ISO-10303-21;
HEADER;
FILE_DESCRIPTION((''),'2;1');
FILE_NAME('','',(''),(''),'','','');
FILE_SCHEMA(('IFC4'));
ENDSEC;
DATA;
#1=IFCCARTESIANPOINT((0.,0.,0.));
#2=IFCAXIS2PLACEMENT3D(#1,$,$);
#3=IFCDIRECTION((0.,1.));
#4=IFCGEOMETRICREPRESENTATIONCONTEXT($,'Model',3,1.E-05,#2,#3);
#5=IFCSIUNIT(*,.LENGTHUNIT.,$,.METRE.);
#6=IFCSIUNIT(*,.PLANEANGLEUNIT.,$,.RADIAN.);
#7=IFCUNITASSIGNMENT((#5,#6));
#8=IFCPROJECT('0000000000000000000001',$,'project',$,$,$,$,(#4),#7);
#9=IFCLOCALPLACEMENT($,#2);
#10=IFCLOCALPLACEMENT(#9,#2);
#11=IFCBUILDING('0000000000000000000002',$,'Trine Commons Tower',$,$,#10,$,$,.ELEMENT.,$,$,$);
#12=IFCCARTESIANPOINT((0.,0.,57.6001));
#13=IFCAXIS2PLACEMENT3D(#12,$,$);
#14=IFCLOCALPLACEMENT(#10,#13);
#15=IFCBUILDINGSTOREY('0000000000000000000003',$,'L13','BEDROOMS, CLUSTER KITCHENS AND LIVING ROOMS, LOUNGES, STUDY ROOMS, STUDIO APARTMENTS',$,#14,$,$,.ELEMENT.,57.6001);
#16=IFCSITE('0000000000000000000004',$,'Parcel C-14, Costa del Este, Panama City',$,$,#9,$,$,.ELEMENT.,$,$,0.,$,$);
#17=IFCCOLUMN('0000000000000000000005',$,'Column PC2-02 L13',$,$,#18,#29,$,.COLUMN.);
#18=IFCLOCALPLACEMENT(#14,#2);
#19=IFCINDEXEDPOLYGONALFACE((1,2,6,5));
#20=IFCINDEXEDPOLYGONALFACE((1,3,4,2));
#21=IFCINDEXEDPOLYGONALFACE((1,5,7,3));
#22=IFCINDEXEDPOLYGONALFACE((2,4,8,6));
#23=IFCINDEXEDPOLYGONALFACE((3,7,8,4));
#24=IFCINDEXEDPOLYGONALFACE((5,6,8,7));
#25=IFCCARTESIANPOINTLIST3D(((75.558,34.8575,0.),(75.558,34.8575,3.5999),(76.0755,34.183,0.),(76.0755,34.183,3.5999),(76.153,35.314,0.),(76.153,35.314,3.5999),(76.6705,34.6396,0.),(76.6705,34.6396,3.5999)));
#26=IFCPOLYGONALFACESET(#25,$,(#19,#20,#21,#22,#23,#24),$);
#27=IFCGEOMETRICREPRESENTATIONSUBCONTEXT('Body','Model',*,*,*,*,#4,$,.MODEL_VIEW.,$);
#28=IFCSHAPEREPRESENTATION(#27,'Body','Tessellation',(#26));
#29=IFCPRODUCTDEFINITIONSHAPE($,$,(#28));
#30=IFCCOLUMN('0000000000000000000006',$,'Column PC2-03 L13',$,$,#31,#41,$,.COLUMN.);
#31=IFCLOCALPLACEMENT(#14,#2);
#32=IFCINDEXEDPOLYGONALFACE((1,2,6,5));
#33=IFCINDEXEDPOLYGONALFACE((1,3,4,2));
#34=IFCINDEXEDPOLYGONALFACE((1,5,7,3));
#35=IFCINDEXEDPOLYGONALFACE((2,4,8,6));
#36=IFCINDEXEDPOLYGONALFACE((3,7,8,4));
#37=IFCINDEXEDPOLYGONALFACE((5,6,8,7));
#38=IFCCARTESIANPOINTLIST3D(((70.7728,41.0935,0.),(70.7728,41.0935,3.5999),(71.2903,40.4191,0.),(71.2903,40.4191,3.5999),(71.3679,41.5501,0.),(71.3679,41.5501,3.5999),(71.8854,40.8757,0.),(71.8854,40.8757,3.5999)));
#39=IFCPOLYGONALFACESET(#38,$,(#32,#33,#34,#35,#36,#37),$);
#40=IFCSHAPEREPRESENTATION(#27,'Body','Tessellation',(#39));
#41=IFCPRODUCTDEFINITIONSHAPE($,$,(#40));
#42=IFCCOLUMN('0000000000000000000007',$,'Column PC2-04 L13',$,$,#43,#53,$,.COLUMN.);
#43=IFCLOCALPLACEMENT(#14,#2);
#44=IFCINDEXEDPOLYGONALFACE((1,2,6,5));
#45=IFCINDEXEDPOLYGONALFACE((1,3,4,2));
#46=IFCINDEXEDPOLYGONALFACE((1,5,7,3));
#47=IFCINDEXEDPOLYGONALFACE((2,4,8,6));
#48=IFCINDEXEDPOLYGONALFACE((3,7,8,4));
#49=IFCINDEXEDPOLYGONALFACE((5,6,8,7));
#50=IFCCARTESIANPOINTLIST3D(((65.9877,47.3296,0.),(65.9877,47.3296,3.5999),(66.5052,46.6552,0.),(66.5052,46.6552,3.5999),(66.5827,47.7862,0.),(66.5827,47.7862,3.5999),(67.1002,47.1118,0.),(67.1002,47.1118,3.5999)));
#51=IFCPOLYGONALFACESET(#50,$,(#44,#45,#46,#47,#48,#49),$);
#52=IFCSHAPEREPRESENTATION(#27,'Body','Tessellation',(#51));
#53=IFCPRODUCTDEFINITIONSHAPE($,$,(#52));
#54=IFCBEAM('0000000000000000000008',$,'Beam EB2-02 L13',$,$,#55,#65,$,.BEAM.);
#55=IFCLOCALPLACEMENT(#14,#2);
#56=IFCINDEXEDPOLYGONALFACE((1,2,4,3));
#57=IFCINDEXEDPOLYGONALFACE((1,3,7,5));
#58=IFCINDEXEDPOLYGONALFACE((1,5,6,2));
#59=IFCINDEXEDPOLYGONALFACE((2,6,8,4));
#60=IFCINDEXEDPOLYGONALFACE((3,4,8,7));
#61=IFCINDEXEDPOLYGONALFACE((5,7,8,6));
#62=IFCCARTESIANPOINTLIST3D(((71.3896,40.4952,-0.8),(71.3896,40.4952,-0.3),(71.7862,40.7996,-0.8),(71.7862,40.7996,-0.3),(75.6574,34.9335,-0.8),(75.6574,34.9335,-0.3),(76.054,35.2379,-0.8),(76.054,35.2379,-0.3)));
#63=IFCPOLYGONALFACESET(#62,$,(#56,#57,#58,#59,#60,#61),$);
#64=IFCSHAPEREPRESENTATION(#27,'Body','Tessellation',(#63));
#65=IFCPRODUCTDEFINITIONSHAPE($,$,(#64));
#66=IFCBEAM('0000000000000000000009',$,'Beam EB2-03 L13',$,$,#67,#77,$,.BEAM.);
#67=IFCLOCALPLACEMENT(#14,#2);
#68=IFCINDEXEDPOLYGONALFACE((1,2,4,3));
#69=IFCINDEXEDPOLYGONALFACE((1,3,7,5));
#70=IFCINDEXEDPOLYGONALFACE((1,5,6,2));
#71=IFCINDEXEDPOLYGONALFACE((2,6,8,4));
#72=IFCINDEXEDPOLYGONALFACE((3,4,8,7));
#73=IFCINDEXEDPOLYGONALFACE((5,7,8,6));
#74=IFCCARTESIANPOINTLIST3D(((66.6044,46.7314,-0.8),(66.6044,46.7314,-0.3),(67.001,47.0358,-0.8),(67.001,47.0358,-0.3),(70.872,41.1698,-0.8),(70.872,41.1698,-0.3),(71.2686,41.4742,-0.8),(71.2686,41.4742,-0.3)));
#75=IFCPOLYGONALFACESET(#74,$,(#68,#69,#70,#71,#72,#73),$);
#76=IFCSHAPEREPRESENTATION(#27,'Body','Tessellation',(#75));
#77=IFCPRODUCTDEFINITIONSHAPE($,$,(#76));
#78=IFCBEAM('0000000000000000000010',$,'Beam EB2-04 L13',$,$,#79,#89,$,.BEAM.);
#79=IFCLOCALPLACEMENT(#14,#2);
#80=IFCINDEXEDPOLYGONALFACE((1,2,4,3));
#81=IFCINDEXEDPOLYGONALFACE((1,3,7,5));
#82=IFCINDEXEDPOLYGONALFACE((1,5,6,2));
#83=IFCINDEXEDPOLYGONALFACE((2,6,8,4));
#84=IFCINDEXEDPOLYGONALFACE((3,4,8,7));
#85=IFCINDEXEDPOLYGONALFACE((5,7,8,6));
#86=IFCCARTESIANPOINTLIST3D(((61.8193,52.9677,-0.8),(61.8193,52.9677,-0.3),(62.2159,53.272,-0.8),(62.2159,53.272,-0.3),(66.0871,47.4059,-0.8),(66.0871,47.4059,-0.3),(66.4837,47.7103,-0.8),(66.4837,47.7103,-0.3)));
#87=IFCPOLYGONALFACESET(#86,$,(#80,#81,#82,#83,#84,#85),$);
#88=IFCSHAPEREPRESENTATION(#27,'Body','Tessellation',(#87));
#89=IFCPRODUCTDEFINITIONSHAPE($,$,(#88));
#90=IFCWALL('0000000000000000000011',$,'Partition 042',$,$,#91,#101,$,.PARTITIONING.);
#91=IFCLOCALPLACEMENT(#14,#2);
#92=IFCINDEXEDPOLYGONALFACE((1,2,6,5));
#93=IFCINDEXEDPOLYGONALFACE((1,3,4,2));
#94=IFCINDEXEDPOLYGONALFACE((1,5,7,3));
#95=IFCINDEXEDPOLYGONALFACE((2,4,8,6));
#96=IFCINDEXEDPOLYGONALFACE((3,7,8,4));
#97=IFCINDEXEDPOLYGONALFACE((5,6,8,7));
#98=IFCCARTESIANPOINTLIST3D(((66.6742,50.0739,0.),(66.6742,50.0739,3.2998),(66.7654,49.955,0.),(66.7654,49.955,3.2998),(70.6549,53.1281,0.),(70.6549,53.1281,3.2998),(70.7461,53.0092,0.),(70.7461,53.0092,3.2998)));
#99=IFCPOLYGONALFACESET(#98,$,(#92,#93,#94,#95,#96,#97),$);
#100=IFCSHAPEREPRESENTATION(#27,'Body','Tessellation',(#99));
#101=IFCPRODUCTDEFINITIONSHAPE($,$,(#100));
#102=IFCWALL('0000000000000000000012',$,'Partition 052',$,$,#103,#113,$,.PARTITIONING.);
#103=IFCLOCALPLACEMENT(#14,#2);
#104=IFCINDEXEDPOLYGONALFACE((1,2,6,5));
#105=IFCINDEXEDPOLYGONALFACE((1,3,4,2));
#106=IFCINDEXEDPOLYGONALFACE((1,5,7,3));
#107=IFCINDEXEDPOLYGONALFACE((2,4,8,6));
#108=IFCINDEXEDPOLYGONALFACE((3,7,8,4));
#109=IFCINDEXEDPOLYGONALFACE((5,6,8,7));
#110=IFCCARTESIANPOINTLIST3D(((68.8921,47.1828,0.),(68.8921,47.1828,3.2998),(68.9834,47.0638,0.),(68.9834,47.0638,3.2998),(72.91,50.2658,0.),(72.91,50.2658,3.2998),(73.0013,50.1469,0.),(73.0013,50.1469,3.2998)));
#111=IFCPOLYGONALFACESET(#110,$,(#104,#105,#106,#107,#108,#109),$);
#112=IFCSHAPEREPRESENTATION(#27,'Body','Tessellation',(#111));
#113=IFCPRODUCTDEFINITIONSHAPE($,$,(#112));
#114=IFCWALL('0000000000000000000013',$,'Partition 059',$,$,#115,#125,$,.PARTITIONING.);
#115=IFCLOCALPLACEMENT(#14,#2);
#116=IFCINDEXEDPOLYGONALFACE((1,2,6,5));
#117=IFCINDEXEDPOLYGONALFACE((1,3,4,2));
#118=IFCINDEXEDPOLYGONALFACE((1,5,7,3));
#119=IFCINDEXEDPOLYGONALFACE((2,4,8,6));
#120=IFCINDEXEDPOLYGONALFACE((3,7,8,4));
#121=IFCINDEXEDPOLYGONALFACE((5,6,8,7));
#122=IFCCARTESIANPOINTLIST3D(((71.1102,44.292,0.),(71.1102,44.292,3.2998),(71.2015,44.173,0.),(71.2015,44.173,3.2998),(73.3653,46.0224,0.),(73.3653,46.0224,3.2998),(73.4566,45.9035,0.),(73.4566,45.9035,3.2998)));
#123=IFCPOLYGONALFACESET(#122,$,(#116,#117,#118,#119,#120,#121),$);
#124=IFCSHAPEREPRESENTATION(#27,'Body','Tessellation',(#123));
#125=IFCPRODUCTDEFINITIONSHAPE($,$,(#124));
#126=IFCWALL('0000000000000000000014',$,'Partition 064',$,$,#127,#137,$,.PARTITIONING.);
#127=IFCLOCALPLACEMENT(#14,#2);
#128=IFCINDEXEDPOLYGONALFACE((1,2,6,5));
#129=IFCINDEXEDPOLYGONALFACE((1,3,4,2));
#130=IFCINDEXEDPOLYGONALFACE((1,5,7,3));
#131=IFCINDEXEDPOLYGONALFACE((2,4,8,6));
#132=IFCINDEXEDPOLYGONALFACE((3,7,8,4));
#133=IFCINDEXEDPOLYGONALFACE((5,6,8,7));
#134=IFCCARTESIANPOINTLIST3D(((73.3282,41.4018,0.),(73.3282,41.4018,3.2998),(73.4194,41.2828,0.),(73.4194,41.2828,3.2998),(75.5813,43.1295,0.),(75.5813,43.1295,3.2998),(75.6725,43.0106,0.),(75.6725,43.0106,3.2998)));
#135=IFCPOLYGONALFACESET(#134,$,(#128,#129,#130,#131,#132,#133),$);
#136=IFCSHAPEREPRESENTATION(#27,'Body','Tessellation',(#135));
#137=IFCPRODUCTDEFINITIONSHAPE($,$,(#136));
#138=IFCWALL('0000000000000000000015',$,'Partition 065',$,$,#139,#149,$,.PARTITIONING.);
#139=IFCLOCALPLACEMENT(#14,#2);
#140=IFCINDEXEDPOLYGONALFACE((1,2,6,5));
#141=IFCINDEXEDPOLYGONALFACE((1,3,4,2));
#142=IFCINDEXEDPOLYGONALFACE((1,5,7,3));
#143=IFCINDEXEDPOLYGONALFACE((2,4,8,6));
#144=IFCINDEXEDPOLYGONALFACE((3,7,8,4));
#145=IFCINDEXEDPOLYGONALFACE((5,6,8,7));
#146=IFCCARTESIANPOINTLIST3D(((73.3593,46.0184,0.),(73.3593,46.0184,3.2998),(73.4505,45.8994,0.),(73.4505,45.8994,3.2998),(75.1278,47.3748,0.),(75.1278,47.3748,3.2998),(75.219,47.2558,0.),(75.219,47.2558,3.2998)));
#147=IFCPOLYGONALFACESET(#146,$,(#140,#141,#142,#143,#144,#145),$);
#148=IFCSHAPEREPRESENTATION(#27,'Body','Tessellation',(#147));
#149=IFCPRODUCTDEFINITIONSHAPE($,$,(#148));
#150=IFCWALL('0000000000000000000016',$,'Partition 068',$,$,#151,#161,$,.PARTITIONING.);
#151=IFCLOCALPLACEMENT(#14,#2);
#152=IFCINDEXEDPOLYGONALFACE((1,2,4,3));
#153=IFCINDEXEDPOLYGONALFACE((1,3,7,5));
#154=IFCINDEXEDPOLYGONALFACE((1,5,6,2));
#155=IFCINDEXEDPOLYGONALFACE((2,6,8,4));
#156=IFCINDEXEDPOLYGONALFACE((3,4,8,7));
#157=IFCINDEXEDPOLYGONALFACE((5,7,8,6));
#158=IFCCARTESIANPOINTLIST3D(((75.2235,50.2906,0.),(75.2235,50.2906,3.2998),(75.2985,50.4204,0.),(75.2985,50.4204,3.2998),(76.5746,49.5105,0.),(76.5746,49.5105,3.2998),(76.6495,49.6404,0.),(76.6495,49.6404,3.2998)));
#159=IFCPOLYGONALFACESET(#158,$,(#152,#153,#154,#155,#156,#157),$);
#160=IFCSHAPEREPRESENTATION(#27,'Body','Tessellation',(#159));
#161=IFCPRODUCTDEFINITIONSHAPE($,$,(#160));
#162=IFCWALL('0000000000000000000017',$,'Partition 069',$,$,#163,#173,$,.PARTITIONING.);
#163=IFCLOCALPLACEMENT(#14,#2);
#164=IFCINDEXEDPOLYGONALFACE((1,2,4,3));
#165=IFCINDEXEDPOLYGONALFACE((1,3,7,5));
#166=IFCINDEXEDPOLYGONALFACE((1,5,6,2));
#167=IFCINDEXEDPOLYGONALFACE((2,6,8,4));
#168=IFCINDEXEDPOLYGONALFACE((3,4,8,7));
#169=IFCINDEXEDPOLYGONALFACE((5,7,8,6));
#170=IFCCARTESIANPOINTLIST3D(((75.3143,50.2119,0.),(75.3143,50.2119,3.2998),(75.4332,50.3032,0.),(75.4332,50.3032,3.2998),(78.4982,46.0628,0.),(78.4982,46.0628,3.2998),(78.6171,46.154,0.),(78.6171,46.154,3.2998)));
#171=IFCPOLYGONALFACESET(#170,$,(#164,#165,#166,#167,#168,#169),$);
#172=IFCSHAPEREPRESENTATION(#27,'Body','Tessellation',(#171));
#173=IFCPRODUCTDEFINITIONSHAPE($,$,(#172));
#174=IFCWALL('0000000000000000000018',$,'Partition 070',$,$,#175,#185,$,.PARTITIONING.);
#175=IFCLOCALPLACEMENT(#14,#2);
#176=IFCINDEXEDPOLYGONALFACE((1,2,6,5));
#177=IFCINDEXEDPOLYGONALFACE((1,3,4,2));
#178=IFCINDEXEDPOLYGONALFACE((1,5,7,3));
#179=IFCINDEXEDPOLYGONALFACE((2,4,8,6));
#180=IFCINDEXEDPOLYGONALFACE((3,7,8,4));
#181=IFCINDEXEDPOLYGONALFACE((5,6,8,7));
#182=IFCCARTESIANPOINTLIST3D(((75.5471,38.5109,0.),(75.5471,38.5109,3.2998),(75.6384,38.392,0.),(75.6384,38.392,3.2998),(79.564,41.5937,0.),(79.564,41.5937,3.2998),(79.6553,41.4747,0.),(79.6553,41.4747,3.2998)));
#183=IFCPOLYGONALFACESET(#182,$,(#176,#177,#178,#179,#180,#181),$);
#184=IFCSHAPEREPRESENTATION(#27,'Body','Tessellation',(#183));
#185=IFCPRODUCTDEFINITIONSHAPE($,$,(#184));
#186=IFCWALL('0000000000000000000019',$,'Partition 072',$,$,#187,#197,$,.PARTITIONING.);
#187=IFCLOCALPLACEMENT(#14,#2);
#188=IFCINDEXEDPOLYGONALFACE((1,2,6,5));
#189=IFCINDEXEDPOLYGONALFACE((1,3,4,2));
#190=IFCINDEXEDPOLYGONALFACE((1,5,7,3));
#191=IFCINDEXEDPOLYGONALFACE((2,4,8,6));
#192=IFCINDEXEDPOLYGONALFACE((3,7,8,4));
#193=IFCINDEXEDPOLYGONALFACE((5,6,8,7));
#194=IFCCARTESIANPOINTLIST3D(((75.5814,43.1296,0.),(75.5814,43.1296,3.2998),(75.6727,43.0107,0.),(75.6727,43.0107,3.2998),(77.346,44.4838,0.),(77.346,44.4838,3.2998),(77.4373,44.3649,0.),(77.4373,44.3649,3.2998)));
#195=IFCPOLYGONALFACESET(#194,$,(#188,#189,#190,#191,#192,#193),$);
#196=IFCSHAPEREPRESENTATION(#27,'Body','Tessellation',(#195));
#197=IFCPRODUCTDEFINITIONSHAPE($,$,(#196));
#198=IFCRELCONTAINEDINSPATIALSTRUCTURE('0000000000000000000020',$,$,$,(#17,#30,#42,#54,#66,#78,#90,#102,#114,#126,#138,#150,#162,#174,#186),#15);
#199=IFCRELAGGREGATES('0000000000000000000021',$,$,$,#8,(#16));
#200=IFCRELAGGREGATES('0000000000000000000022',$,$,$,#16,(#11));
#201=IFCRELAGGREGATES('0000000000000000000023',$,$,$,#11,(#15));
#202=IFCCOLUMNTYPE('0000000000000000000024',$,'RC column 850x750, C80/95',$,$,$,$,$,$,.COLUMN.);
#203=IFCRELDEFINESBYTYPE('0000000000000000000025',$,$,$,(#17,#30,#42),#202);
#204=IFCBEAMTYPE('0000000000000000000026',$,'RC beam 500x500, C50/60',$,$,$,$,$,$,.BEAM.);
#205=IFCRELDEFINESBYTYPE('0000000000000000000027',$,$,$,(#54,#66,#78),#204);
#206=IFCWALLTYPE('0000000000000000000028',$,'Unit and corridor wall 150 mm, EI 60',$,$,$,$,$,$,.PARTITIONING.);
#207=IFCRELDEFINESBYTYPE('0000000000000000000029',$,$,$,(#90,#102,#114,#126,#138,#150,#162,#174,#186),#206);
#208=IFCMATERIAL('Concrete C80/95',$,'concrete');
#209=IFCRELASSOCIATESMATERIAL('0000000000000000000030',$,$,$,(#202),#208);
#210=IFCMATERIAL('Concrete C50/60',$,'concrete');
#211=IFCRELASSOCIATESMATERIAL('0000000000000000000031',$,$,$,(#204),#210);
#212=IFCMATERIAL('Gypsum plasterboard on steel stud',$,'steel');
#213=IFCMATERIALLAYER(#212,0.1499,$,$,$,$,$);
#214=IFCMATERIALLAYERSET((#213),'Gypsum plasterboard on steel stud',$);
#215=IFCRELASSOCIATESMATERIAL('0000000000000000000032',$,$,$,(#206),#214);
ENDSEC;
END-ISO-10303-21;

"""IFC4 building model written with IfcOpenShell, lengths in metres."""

from ifc_helpers import new_model, si_unit, direction, frame, frame_2d, origin, origin_2d, place, context, subcontext, project, spatial, rectangle, extrude, material, layer, layer_set, material_profile, profile_set, type_object, element, save


model = new_model("IFC4")

# Units and contexts
model_context = context("Model", 3, precision=1e-05, world=origin(), true_north=direction((0.0, 1.0)))
body_context = subcontext(model_context, "Body", "Model", "MODEL_VIEW")
ifc_project = project(units=[si_unit("LENGTHUNIT", "METRE"), si_unit("PLANEANGLEUNIT", "RADIAN")], contexts=[model_context])

# Site, building, storey
site_placement = place(None, origin())
site = spatial("IfcSite", under=ifc_project, at=site_placement, Name="Parcel C-14, Costa del Este, Panama City", CompositionType="ELEMENT", RefElevation=0.0)
building_placement = place(site_placement, origin())
building = spatial("IfcBuilding", under=site, at=building_placement, Name="Trine Commons Tower", CompositionType="ELEMENT")
storey_placement = place(building_placement, frame((0.0, 0.0, 57.6001)))
storey = spatial("IfcBuildingStorey", under=building, at=storey_placement, Name="L13", Description="BEDROOMS, CLUSTER KITCHENS AND LIVING ROOMS, LOUNGES, STUDY ROOMS, STUDIO APARTMENTS", CompositionType="ELEMENT", Elevation=57.6001)

# Columns
ifc_material_1 = material(Name="Concrete C80/95", Category="concrete")
ifc_material_profile_1 = material_profile(ifc_material_1, rectangle(XDim=0.8501, YDim=0.75, at=origin_2d()), Name="RC 850x750")
ifc_profile_set_1 = profile_set([ifc_material_profile_1], Name="Concrete C80/95")
column_type = type_object("IfcColumnType", Name="RC column 850x750, C80/95", PredefinedType="COLUMN", material=ifc_profile_set_1)
for number, where, z_axis, x_axis, name in (
    (1, (76.1143, 34.7485, 0.0), (0.0, 0.0, 1.0), (-0.608761, 0.793353, 0.0), "Column PC2-02 L13"),
    (2, (71.3291, 40.9846, 0.0), (0.0, 0.0, 1.0), (-0.608761, 0.793353, 0.0), "Column PC2-03 L13"),
    (3, (66.5439, 47.2207, 0.0), (0.0, 0.0, 1.0), (-0.608761, 0.793353, 0.0), "Column PC2-04 L13"),
):
    element("IfcColumn", number, at=place(storey_placement, frame(where, z_axis=z_axis, x_axis=x_axis)), inside=storey, type_object=column_type, Name=name, PredefinedType="COLUMN", context=body_context, shape_type="SweptSolid", body=[
        extrude(rectangle(XDim=0.8501, YDim=0.75, at=origin_2d()), origin(), (0.0, 0.0, 1.0), 3.5999),
    ])

# Beams
ifc_material_2 = material(Name="Concrete C50/60", Category="concrete")
ifc_material_profile_2 = material_profile(ifc_material_2, rectangle(XDim=0.5, YDim=0.5, at=origin_2d()), Name="RC 500x500")
ifc_profile_set_2 = profile_set([ifc_material_profile_2], Name="Concrete C50/60")
beam_type = type_object("IfcBeamType", Name="RC beam 500x500, C50/60", PredefinedType="BEAM", material=ifc_profile_set_2)
beam_1_placement = place(storey_placement, frame((75.8557, 35.0857, -0.55), z_axis=(-0.608773, 0.793345, 0.0), x_axis=(-0.793345, -0.608773, 0.0)))
element("IfcBeam", 4, at=beam_1_placement, inside=storey, type_object=beam_type, Name="Beam EB2-02 L13", PredefinedType="BEAM", context=body_context, shape_type="SweptSolid", body=[
    extrude(rectangle(XDim=0.5, YDim=0.5, at=origin_2d()), origin(), (0.0, 0.0, 1.0), 7.0105),
])
beam_2_placement = place(storey_placement, frame((71.0703, 41.322, -0.55), z_axis=(-0.608768, 0.793348, 0.0), x_axis=(-0.793348, -0.608768, 0.0)))
element("IfcBeam", 5, at=beam_2_placement, inside=storey, type_object=beam_type, Name="Beam EB2-03 L13", PredefinedType="BEAM", context=body_context, shape_type="SweptSolid", body=[
    extrude(rectangle(XDim=0.5, YDim=0.5, at=origin_2d()), origin(), (0.0, 0.0, 1.0), 7.0103),
])
beam_3_placement = place(storey_placement, frame((66.2854, 47.5581, -0.55), z_axis=(-0.608773, 0.793345, 0.0), x_axis=(-0.793345, -0.608773, 0.0)))
element("IfcBeam", 6, at=beam_3_placement, inside=storey, type_object=beam_type, Name="Beam EB2-04 L13", PredefinedType="BEAM", context=body_context, shape_type="SweptSolid", body=[
    extrude(rectangle(XDim=0.5, YDim=0.5, at=origin_2d()), origin(), (0.0, 0.0, 1.0), 7.0105),
])

# Walls
ifc_material_3 = material(Name="Gypsum plasterboard on steel stud", Category="steel")
ifc_layer_1 = layer(ifc_material_3, 0.1499)
ifc_layer_set_1 = layer_set([ifc_layer_1], Name="Gypsum plasterboard on steel stud")
wall_type_1 = type_object("IfcWallType", Name="Unit and corridor wall 150 mm, EI 60", PredefinedType="PARTITIONING", material=ifc_layer_set_1)
wall_1_placement = place(storey_placement, frame((66.7197, 50.0144, 0.0), z_axis=(0.0, 0.0, 1.0), x_axis=(0.793383, 0.608723, 0.0)))
element("IfcWall", 7, at=wall_1_placement, inside=storey, type_object=wall_type_1, Name="Partition 042", PredefinedType="PARTITIONING", context=body_context, shape_type="SweptSolid", body=[
    extrude(rectangle(XDim=5.0173, YDim=0.1499, at=frame_2d((2.5088, 0.0))), origin(), (0.0, 0.0, 1.0), 3.2998),
])
wall_2_placement = place(storey_placement, frame((68.9377, 47.1233, 0.0), z_axis=(0.0, 0.0, 1.0), x_axis=(0.793351, 0.608764, 0.0)))
element("IfcWall", 8, at=wall_2_placement, inside=storey, type_object=wall_type_1, Name="Partition 052", PredefinedType="PARTITIONING", context=body_context, shape_type="SweptSolid", body=[
    extrude(rectangle(XDim=5.0645, YDim=0.1499, at=frame_2d((2.5322, 0.0))), origin(), (0.0, 0.0, 1.0), 3.2998),
])
wall_3_placement = place(storey_placement, frame((71.1558, 44.2324, 0.0), z_axis=(0.0, 0.0, 1.0), x_axis=(0.793345, 0.608772, 0.0)))
element("IfcWall", 9, at=wall_3_placement, inside=storey, type_object=wall_type_1, Name="Partition 059", PredefinedType="PARTITIONING", context=body_context, shape_type="SweptSolid", body=[
    extrude(rectangle(XDim=2.8425, YDim=0.1499, at=frame_2d((1.4214, 0.0))), origin(), (0.0, 0.0, 1.0), 3.2998),
])
wall_4_placement = place(storey_placement, frame((73.3738, 41.3423, 0.0), z_axis=(0.0, 0.0, 1.0), x_axis=(0.793547, 0.608509, 0.0)))
element("IfcWall", 10, at=wall_4_placement, inside=storey, type_object=wall_type_1, Name="Partition 064", PredefinedType="PARTITIONING", context=body_context, shape_type="SweptSolid", body=[
    extrude(rectangle(XDim=2.8394, YDim=0.1499, at=frame_2d((1.4197, 0.0))), origin(), (0.0, 0.0, 1.0), 3.2998),
])
wall_5_placement = place(storey_placement, frame((73.405, 45.959, 0.0), z_axis=(0.0, 0.0, 1.0), x_axis=(0.793486, 0.608588, 0.0)))
element("IfcWall", 11, at=wall_5_placement, inside=storey, type_object=wall_type_1, Name="Partition 065", PredefinedType="PARTITIONING", context=body_context, shape_type="SweptSolid", body=[
    extrude(rectangle(XDim=2.2288, YDim=0.1499, at=frame_2d((1.1143, 0.0))), origin(), (0.0, 0.0, 1.0), 3.2998),
])
wall_6_placement = place(storey_placement, frame((75.261, 50.3555, 0.0), z_axis=(0.0, 0.0, 1.0), x_axis=(0.866029, -0.499993, 0.0)))
element("IfcWall", 12, at=wall_6_placement, inside=storey, type_object=wall_type_1, Name="Partition 068", PredefinedType="PARTITIONING", context=body_context, shape_type="SweptSolid", body=[
    extrude(rectangle(XDim=1.5601, YDim=0.1499, at=frame_2d((0.78, 0.0))), origin(), (0.0, 0.0, 1.0), 3.2998),
])
wall_7_placement = place(storey_placement, frame((75.3738, 50.2576, 0.0), z_axis=(0.0, 0.0, 1.0), x_axis=(0.60877, -0.793347, 0.0)))
element("IfcWall", 13, at=wall_7_placement, inside=storey, type_object=wall_type_1, Name="Partition 069", PredefinedType="PARTITIONING", context=body_context, shape_type="SweptSolid", body=[
    extrude(rectangle(XDim=5.23, YDim=0.1499, at=frame_2d((2.615, 0.0))), origin(), (0.0, 0.0, 1.0), 3.2998),
])
wall_8_placement = place(storey_placement, frame((75.5928, 38.4514, 0.0), z_axis=(0.0, 0.0, 1.0), x_axis=(0.793303, 0.608827, 0.0)))
element("IfcWall", 14, at=wall_8_placement, inside=storey, type_object=wall_type_1, Name="Partition 070", PredefinedType="PARTITIONING", context=body_context, shape_type="SweptSolid", body=[
    extrude(rectangle(XDim=5.0635, YDim=0.1499, at=frame_2d((2.5317, 0.0))), origin(), (0.0, 0.0, 1.0), 3.2998),
])
wall_9_placement = place(storey_placement, frame((75.627, 43.0701, 0.0), z_axis=(0.0, 0.0, 1.0), x_axis=(0.793313, 0.608814, 0.0)))
element("IfcWall", 15, at=wall_9_placement, inside=storey, type_object=wall_type_1, Name="Partition 072", PredefinedType="PARTITIONING", context=body_context, shape_type="SweptSolid", body=[
    extrude(rectangle(XDim=2.2244, YDim=0.1499, at=frame_2d((1.1123, 0.0))), origin(), (0.0, 0.0, 1.0), 3.2998),
])

save(model, "model.ifc")
